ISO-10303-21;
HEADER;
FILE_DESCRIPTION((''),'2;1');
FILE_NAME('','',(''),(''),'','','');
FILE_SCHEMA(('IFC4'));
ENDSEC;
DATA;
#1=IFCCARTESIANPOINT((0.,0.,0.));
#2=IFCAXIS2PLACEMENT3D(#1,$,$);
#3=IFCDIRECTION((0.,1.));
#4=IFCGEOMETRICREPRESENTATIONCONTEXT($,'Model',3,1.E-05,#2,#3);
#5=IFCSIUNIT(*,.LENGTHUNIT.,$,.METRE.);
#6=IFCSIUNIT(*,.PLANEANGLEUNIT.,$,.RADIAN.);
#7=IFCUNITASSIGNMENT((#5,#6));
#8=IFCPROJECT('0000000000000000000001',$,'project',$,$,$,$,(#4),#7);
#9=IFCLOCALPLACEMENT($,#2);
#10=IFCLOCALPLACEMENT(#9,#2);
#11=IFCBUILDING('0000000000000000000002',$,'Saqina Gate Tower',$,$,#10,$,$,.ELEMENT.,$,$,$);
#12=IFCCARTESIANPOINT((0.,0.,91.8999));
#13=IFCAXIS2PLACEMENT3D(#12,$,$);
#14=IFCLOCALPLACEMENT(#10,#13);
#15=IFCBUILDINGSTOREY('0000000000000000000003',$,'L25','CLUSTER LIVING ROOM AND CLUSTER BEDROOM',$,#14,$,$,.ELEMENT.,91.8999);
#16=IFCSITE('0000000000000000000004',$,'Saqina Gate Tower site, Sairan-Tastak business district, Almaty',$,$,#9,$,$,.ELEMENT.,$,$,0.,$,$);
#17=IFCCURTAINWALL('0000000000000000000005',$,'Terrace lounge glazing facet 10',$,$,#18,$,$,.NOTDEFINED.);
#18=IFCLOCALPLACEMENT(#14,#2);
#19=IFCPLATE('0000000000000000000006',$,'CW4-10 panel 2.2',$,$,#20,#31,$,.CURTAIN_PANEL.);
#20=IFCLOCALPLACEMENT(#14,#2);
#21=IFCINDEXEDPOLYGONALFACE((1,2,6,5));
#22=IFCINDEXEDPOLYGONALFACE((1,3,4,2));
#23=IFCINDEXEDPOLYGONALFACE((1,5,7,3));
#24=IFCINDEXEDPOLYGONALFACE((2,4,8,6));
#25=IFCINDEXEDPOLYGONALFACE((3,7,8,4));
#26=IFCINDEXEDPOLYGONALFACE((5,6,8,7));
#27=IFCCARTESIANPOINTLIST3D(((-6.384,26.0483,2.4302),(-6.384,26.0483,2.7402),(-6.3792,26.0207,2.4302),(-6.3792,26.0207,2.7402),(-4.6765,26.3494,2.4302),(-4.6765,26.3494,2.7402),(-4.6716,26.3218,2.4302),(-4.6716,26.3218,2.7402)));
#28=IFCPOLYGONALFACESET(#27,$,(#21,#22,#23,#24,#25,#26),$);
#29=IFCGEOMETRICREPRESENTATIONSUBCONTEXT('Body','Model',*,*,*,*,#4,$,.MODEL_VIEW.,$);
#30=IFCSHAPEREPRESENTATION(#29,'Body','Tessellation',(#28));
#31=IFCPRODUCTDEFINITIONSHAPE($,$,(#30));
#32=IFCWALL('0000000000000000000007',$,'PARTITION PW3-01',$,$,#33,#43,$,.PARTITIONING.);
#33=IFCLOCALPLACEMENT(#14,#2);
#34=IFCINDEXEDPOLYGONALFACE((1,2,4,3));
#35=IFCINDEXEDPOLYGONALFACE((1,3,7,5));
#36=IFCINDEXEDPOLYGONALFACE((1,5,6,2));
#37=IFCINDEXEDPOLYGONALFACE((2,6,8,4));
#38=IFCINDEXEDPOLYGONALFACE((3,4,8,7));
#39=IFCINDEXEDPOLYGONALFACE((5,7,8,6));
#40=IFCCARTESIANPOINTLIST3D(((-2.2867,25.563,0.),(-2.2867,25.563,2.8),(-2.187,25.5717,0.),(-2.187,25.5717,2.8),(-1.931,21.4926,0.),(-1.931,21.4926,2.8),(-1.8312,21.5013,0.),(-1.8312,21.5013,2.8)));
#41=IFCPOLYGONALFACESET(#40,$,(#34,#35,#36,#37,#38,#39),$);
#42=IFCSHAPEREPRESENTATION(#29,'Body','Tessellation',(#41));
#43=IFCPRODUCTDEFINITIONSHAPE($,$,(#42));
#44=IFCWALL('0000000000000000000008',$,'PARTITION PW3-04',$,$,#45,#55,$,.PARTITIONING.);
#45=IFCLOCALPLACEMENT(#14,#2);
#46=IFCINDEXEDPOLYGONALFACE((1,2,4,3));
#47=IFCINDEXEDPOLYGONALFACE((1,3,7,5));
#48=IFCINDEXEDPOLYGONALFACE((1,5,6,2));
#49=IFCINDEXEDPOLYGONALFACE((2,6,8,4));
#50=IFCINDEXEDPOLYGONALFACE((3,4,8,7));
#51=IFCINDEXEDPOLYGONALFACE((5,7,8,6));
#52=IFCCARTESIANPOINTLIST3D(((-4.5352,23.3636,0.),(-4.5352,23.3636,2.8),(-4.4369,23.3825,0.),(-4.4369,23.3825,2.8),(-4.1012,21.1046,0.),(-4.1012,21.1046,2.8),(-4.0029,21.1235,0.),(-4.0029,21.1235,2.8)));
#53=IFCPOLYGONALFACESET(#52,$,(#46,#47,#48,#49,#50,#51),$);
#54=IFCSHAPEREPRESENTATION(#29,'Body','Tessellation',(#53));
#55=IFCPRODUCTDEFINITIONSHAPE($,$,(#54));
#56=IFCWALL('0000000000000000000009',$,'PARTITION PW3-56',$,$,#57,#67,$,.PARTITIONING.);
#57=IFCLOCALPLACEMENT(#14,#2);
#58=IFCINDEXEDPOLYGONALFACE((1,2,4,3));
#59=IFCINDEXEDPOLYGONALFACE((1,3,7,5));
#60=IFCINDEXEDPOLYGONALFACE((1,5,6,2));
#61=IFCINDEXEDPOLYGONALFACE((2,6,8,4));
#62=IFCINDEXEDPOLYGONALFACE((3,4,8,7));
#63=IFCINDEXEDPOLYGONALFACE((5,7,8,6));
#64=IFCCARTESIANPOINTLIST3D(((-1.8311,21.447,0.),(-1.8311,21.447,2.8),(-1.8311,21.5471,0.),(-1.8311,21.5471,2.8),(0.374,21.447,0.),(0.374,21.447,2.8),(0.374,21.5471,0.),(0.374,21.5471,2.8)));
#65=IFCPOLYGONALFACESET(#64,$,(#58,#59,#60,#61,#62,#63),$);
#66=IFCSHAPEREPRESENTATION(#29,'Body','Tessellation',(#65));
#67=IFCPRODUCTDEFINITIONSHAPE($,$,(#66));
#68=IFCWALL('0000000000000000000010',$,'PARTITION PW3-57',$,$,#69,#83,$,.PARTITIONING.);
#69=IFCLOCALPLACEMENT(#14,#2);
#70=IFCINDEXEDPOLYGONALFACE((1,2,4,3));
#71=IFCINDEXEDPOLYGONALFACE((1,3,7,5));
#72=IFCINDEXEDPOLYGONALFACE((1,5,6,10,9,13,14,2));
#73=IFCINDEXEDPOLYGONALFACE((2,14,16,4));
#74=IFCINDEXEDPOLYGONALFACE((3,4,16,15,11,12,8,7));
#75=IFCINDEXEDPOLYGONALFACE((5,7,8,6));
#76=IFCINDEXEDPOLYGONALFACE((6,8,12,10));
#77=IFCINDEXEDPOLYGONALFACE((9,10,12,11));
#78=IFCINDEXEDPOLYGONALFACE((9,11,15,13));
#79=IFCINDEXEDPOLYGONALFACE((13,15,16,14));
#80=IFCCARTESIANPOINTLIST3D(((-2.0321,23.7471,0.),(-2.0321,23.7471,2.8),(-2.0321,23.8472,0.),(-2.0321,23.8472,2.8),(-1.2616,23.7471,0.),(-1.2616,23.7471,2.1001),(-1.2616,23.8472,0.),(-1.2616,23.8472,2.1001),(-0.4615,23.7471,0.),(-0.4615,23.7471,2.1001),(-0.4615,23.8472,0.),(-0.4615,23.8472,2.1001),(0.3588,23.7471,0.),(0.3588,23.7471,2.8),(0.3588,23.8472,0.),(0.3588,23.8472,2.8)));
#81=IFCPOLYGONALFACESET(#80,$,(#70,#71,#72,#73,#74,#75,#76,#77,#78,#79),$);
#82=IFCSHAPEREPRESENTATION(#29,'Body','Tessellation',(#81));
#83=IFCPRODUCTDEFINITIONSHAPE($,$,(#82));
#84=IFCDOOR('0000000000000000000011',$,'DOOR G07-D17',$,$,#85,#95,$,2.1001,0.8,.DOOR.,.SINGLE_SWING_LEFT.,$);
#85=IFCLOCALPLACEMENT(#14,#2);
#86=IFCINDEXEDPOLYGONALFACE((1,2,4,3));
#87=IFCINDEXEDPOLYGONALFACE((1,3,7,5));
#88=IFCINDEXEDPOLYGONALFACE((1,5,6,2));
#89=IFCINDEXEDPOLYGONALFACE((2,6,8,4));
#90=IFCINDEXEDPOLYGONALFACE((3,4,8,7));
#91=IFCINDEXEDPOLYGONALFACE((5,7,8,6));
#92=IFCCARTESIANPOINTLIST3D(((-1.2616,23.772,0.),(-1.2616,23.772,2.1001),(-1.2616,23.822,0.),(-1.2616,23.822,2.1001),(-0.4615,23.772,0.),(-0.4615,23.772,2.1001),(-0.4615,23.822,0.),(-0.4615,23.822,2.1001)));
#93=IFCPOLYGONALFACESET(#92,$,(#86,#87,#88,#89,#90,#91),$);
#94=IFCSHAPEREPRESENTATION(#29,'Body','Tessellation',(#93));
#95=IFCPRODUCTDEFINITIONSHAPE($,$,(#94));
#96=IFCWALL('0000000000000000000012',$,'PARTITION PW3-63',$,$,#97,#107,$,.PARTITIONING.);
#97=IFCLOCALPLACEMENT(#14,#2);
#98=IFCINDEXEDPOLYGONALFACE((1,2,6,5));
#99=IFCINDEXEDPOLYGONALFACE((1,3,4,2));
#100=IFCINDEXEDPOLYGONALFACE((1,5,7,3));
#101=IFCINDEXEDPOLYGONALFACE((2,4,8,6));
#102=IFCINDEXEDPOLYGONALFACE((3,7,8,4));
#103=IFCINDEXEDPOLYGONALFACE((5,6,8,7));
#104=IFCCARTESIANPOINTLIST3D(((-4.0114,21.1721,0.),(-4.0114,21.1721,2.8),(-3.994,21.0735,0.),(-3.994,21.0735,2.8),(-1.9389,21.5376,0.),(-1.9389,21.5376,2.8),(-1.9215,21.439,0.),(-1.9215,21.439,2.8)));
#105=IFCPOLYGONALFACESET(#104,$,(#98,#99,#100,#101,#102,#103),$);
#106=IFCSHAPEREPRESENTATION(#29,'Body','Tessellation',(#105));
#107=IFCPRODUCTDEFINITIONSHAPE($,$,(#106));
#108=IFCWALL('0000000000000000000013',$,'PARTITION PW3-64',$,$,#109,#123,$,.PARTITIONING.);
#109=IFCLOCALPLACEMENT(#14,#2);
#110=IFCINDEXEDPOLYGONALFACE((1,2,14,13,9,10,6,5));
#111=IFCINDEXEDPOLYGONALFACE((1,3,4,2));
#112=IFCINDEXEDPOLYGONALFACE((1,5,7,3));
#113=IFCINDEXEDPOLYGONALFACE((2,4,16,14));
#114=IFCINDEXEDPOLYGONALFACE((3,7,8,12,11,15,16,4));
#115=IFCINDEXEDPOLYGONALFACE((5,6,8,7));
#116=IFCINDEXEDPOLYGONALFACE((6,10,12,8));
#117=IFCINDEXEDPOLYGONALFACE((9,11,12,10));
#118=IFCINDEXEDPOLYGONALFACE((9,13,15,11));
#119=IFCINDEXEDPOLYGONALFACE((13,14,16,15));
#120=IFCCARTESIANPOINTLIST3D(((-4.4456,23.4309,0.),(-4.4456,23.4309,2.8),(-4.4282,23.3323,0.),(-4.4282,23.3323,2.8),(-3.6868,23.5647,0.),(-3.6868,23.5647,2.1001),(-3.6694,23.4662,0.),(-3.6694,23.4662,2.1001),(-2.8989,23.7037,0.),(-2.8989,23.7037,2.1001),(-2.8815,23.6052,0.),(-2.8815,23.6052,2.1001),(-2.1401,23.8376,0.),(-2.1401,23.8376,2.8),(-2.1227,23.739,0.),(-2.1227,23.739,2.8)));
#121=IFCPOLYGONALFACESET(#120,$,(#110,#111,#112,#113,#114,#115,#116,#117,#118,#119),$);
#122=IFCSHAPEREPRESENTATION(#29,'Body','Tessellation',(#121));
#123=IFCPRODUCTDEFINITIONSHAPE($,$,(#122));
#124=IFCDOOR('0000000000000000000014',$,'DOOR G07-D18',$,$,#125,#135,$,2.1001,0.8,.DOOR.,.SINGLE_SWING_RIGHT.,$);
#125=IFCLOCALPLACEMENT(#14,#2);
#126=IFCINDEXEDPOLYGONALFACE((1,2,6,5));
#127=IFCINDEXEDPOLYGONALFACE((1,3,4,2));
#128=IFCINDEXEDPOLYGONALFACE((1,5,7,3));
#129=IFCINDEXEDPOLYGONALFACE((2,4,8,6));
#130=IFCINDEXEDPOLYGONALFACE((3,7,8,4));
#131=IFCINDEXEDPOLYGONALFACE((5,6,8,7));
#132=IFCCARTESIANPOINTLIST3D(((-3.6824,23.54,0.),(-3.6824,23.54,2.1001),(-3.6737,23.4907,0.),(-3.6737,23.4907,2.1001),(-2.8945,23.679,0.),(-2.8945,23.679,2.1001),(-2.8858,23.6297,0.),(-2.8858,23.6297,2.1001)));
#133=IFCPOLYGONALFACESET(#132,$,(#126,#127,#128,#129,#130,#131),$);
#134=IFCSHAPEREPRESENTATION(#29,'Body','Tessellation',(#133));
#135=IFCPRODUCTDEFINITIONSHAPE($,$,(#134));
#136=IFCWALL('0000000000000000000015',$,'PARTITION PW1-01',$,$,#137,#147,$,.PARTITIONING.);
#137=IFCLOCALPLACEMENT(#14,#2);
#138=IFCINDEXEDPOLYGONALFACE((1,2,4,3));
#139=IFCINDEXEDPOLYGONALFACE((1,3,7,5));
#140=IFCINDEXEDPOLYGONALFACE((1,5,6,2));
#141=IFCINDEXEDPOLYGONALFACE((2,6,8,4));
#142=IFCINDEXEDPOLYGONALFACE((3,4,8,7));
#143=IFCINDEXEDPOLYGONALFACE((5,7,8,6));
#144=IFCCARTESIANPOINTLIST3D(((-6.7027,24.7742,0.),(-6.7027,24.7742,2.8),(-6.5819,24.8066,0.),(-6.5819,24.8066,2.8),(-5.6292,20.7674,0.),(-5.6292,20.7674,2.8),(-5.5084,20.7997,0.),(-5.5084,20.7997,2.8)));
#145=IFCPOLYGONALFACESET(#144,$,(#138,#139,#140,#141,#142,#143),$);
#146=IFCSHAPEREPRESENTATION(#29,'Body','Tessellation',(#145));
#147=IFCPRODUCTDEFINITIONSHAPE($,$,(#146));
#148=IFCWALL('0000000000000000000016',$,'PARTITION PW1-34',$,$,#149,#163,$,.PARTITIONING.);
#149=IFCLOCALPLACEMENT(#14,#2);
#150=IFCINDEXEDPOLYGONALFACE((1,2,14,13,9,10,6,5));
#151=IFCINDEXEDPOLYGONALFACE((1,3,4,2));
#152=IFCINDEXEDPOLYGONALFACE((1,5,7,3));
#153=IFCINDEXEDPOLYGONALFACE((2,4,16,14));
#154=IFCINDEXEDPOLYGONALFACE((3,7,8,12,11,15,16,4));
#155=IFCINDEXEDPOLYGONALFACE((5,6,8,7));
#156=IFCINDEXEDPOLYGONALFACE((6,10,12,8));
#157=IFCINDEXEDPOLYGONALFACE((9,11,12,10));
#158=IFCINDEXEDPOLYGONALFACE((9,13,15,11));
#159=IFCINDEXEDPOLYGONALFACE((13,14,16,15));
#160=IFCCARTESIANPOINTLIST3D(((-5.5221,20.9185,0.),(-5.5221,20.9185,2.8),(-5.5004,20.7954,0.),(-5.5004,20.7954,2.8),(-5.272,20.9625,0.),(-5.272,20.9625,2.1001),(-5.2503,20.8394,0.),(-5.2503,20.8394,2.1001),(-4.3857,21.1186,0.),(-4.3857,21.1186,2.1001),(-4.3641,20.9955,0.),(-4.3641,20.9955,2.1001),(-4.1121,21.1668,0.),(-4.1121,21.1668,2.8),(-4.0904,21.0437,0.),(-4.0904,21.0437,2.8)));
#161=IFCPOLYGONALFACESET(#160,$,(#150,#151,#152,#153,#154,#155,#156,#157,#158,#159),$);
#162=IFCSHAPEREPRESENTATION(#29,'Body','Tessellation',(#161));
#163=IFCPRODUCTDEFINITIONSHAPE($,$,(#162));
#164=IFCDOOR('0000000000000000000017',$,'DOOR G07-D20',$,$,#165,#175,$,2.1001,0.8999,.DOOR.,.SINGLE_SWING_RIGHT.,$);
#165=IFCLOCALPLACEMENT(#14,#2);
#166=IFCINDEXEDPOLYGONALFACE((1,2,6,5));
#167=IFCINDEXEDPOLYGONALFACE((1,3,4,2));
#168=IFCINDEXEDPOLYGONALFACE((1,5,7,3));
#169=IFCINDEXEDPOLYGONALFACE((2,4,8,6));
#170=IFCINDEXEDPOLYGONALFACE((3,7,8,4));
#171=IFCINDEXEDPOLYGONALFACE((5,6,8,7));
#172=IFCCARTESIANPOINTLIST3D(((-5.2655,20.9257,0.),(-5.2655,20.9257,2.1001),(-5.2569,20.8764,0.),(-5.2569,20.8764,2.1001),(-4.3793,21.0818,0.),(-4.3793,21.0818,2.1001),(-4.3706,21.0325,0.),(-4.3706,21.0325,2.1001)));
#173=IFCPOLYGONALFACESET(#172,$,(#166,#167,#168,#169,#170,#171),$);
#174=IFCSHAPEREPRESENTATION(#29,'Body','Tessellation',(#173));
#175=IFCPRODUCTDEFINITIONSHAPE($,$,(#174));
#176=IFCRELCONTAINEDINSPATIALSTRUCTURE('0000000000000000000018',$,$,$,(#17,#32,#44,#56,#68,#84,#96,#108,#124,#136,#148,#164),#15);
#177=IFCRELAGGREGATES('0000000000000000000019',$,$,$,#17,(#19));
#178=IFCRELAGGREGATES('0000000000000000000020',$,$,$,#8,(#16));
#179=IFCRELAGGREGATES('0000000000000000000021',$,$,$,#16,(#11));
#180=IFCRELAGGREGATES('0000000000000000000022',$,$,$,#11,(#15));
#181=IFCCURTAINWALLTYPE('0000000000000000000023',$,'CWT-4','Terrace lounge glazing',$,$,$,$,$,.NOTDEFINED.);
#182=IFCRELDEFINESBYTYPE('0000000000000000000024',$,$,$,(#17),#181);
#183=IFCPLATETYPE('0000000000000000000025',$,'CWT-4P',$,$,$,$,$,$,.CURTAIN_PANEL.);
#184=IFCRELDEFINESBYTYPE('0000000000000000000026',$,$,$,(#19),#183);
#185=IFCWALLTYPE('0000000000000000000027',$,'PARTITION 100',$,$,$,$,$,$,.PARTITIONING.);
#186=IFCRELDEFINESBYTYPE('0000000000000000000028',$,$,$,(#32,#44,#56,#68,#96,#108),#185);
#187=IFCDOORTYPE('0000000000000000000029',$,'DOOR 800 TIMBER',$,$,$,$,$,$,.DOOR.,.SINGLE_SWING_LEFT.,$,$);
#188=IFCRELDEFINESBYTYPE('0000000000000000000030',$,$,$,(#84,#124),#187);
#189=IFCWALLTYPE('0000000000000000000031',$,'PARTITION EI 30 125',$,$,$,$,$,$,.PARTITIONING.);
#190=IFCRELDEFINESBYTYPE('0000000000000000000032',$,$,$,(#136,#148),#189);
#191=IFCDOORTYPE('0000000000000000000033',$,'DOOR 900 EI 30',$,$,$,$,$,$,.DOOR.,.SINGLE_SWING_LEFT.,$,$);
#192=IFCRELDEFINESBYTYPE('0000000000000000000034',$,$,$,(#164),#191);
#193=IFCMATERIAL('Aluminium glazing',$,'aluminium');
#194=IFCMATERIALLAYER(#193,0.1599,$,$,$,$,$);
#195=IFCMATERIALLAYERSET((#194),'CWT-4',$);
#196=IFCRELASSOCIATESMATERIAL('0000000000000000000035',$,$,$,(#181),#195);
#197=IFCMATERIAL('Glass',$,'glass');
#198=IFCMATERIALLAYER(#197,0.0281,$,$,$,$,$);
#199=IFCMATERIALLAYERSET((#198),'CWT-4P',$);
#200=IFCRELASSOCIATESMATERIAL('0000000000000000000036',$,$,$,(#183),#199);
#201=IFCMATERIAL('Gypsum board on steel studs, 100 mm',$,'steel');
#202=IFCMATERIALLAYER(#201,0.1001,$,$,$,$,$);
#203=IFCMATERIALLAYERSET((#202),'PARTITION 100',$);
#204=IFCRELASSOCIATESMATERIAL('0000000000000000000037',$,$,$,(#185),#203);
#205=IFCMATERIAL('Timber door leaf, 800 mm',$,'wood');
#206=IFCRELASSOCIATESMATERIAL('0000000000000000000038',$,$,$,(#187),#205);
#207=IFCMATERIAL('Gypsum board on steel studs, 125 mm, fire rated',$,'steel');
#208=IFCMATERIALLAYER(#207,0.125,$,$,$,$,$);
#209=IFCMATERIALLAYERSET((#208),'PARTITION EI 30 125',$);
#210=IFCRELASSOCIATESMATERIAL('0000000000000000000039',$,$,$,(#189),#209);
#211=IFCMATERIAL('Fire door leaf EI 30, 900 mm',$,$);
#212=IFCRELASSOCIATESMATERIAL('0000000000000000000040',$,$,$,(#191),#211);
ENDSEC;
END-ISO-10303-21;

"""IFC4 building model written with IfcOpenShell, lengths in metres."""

from ifc_helpers import new_model, si_unit, direction, frame, frame_2d, origin, origin_2d, place, context, subcontext, project, spatial, rectangle, extrude, material, layer, layer_set, type_object, element, fill, aggregate, save


model = new_model("IFC4")

# Units and contexts
model_context = context("Model", 3, precision=1e-05, world=origin(), true_north=direction((0.0, 1.0)))
body_context = subcontext(model_context, "Body", "Model", "MODEL_VIEW")
ifc_project = project(units=[si_unit("LENGTHUNIT", "METRE"), si_unit("PLANEANGLEUNIT", "RADIAN")], contexts=[model_context])

# Site, building, storey
site_placement = place(None, origin())
site = spatial("IfcSite", under=ifc_project, at=site_placement, Name="Saqina Gate Tower site, Sairan-Tastak business district, Almaty", CompositionType="ELEMENT", RefElevation=0.0)
building_placement = place(site_placement, origin())
building = spatial("IfcBuilding", under=site, at=building_placement, Name="Saqina Gate Tower", CompositionType="ELEMENT")
storey_placement = place(building_placement, frame((0.0, 0.0, 91.8999)))
storey = spatial("IfcBuildingStorey", under=building, at=storey_placement, Name="L25", Description="CLUSTER LIVING ROOM AND CLUSTER BEDROOM", CompositionType="ELEMENT", Elevation=91.8999)

# Curtain wall, plate
ifc_material_1 = material(Name="Aluminium glazing", Category="aluminium")
ifc_layer_1 = layer(ifc_material_1, 0.1599)
ifc_layer_set_1 = layer_set([ifc_layer_1], Name="CWT-4")
curtain_wall_type = type_object("IfcCurtainWallType", Name="CWT-4", Description="Terrace lounge glazing", PredefinedType="NOTDEFINED", material=ifc_layer_set_1)
curtain_wall_placement = place(storey_placement, origin())
curtain_wall = element("IfcCurtainWall", 1, at=curtain_wall_placement, inside=storey, type_object=curtain_wall_type, Name="Terrace lounge glazing facet 10", PredefinedType="NOTDEFINED")
ifc_material_2 = material(Name="Glass", Category="glass")
ifc_layer_2 = layer(ifc_material_2, 0.0281)
ifc_layer_set_2 = layer_set([ifc_layer_2], Name="CWT-4P")
plate_type = type_object("IfcPlateType", Name="CWT-4P", PredefinedType="CURTAIN_PANEL", material=ifc_layer_set_2)
plate_1_placement = place(storey_placement, frame((-5.5278, 26.1851, 2.4302), z_axis=(0.0, 0.0, 1.0), x_axis=(-0.984809, -0.173638, 0.0)))
plate_1 = element("IfcPlate", 2, at=plate_1_placement, type_object=plate_type, Name="CW4-10 panel 2.2", PredefinedType="CURTAIN_PANEL", context=body_context, shape_type="SweptSolid", body=[
    extrude(rectangle(XDim=1.7339, YDim=0.0281, at=origin_2d()), origin(), (0.0, 0.0, 1.0), 0.3101),
])
aggregate(curtain_wall, [plate_1])

# Walls
ifc_material_3 = material(Name="Gypsum board on steel studs, 100 mm", Category="steel")
ifc_layer_3 = layer(ifc_material_3, 0.1001)
ifc_layer_set_3 = layer_set([ifc_layer_3], Name="PARTITION 100")
wall_type_1 = type_object("IfcWallType", Name="PARTITION 100", PredefinedType="PARTITIONING", material=ifc_layer_set_3)
wall_1_placement = place(storey_placement, frame((-2.2368, 25.5674, 0.0), z_axis=(0.0, 0.0, 1.0), x_axis=(0.08706, -0.996203, 0.0)))
element("IfcWall", 3, at=wall_1_placement, inside=storey, type_object=wall_type_1, Name="PARTITION PW3-01", PredefinedType="PARTITIONING", context=body_context, shape_type="SweptSolid", body=[
    extrude(rectangle(XDim=4.0859, YDim=0.1001, at=frame_2d((2.043, 0.0))), origin(), (0.0, 0.0, 1.0), 2.8),
])
wall_2_placement = place(storey_placement, frame((-4.4861, 23.373, 0.0), z_axis=(0.0, 0.0, 1.0), x_axis=(0.188702, -0.982034, 0.0)))
element("IfcWall", 4, at=wall_2_placement, inside=storey, type_object=wall_type_1, Name="PARTITION PW3-04", PredefinedType="PARTITIONING", context=body_context, shape_type="SweptSolid", body=[
    extrude(rectangle(XDim=2.3003, YDim=0.1001, at=frame_2d((1.1501, 0.0))), origin(), (0.0, 0.0, 1.0), 2.8),
])
wall_3_placement = place(storey_placement, frame((-1.8311, 21.4971, 0.0), z_axis=(0.0, 0.0, 1.0), x_axis=(1.0, 0.0, 0.0)))
element("IfcWall", 5, at=wall_3_placement, inside=storey, type_object=wall_type_1, Name="PARTITION PW3-56", PredefinedType="PARTITIONING", context=body_context, shape_type="SweptSolid", body=[
    extrude(rectangle(XDim=2.2051, YDim=0.1001, at=frame_2d((1.1025, 0.0))), origin(), (0.0, 0.0, 1.0), 2.8),
])

# Wall, opening, door
wall_4_placement = place(storey_placement, frame((-2.032, 23.7971, 0.0), z_axis=(0.0, 0.0, 1.0), x_axis=(1.0, 0.0, 0.0)))
wall_4 = element("IfcWall", 6, at=wall_4_placement, inside=storey, type_object=wall_type_1, Name="PARTITION PW3-57", PredefinedType="PARTITIONING", context=body_context, shape_type="SweptSolid", body=[
    extrude(rectangle(XDim=2.3909, YDim=0.1001, at=frame_2d((1.1953, 0.0))), origin(), (0.0, 0.0, 1.0), 2.8),
])
opening_1_placement = place(wall_4_placement, frame((0.7705, 0.0, 0.0)))
opening_1 = element("IfcOpeningElement", 7, at=opening_1_placement, cuts=wall_4, PredefinedType="OPENING", context=body_context, shape_type="SweptSolid", body=[
    extrude(rectangle(XDim=0.8, YDim=2.1001, at=frame_2d((0.3999, 1.05))), frame((0.0, 0.062, 0.0), z_axis=(0.0, -1.0, 0.0), x_axis=(1.0, 0.0, 0.0)), (0.0, 0.0, 1.0), 0.124),
])
ifc_material_4 = material(Name="Timber door leaf, 800 mm", Category="wood")
door_type_1 = type_object("IfcDoorType", Name="DOOR 800 TIMBER", OperationType="SINGLE_SWING_LEFT", PredefinedType="DOOR", material=ifc_material_4)
door_1_placement = place(opening_1_placement, origin())
door_1 = element("IfcDoor", 8, at=door_1_placement, inside=storey, type_object=door_type_1, Name="DOOR G07-D17", OperationType="SINGLE_SWING_LEFT", OverallHeight=2.1001, OverallWidth=0.8, PredefinedType="DOOR", context=body_context, shape_type="SweptSolid", body=[
    extrude(rectangle(XDim=0.8, YDim=2.1001, at=frame_2d((0.3999, 1.05))), frame((0.0, 0.0249, 0.0), z_axis=(0.0, -1.0, 0.0), x_axis=(1.0, 0.0, 0.0)), (0.0, 0.0, 1.0), 0.05),
])
fill(opening_1, door_1)

# Wall
wall_5_placement = place(storey_placement, frame((-4.0027, 21.1228, 0.0), z_axis=(0.0, 0.0, 1.0), x_axis=(0.984805, 0.173666, 0.0)))
element("IfcWall", 9, at=wall_5_placement, inside=storey, type_object=wall_type_1, Name="PARTITION PW3-63", PredefinedType="PARTITIONING", context=body_context, shape_type="SweptSolid", body=[
    extrude(rectangle(XDim=2.1045, YDim=0.1001, at=frame_2d((1.0522, 0.0))), origin(), (0.0, 0.0, 1.0), 2.8),
])

# Wall, opening, door
wall_6_placement = place(storey_placement, frame((-4.4368, 23.3816, 0.0), z_axis=(0.0, 0.0, 1.0), x_axis=(0.984791, 0.173744, 0.0)))
wall_6 = element("IfcWall", 10, at=wall_6_placement, inside=storey, type_object=wall_type_1, Name="PARTITION PW3-64", PredefinedType="PARTITIONING", context=body_context, shape_type="SweptSolid", body=[
    extrude(rectangle(XDim=2.3411, YDim=0.1001, at=frame_2d((1.1704, 0.0))), origin(), (0.0, 0.0, 1.0), 2.8),
])
opening_2_placement = place(wall_6_placement, frame((0.7705, 0.0, 0.0)))
opening_2 = element("IfcOpeningElement", 11, at=opening_2_placement, cuts=wall_6, PredefinedType="OPENING", context=body_context, shape_type="SweptSolid", body=[
    extrude(rectangle(XDim=0.8, YDim=2.1001, at=frame_2d((0.3999, 1.05))), frame((0.0, 0.062, 0.0), z_axis=(0.0, -1.0, 0.0), x_axis=(1.0, 0.0, 0.0)), (0.0, 0.0, 1.0), 0.124),
])
door_2_placement = place(opening_2_placement, origin())
door_2 = element("IfcDoor", 12, at=door_2_placement, inside=storey, type_object=door_type_1, Name="DOOR G07-D18", OperationType="SINGLE_SWING_RIGHT", OverallHeight=2.1001, OverallWidth=0.8, PredefinedType="DOOR", context=body_context, shape_type="SweptSolid", body=[
    extrude(rectangle(XDim=0.8, YDim=2.1001, at=frame_2d((0.3999, 1.05))), frame((0.0, 0.0249, 0.0), z_axis=(0.0, -1.0, 0.0), x_axis=(1.0, 0.0, 0.0)), (0.0, 0.0, 1.0), 0.05),
])
fill(opening_2, door_2)

# Wall
ifc_material_5 = material(Name="Gypsum board on steel studs, 125 mm, fire rated", Category="steel")
ifc_layer_4 = layer(ifc_material_5, 0.125)
ifc_layer_set_4 = layer_set([ifc_layer_4], Name="PARTITION EI 30 125")
wall_type_2 = type_object("IfcWallType", Name="PARTITION EI 30 125", PredefinedType="PARTITIONING", material=ifc_layer_set_4)
wall_7_placement = place(storey_placement, frame((-6.6423, 24.7905, 0.0), z_axis=(0.0, 0.0, 1.0), x_axis=(0.258787, -0.965934, 0.0)))
element("IfcWall", 13, at=wall_7_placement, inside=storey, type_object=wall_type_2, Name="PARTITION PW1-01", PredefinedType="PARTITIONING", context=body_context, shape_type="SweptSolid", body=[
    extrude(rectangle(XDim=4.1482, YDim=0.125, at=frame_2d((2.0742, 0.0))), origin(), (0.0, 0.0, 1.0), 2.8),
])

# Wall, opening, door
wall_8_placement = place(storey_placement, frame((-5.5112, 20.8569, 0.0), z_axis=(0.0, 0.0, 1.0), x_axis=(0.984845, 0.173435, 0.0)))
wall_8 = element("IfcWall", 14, at=wall_8_placement, inside=storey, type_object=wall_type_2, Name="PARTITION PW1-34", PredefinedType="PARTITIONING", context=body_context, shape_type="SweptSolid", body=[
    extrude(rectangle(XDim=1.4316, YDim=0.125, at=frame_2d((0.7158, 0.0))), origin(), (0.0, 0.0, 1.0), 2.8),
])
opening_3_placement = place(wall_8_placement, frame((0.2539, 0.0, 0.0)))
opening_3 = element("IfcOpeningElement", 15, at=opening_3_placement, cuts=wall_8, PredefinedType="OPENING", context=body_context, shape_type="SweptSolid", body=[
    extrude(rectangle(XDim=0.8999, YDim=2.1001, at=frame_2d((0.45, 1.05))), frame((0.0, 0.0745, 0.0), z_axis=(0.0, -1.0, 0.0), x_axis=(1.0, 0.0, 0.0)), (0.0, 0.0, 1.0), 0.1489),
])
ifc_material_6 = material(Name="Fire door leaf EI 30, 900 mm")
door_type_2 = type_object("IfcDoorType", Name="DOOR 900 EI 30", OperationType="SINGLE_SWING_LEFT", PredefinedType="DOOR", material=ifc_material_6)
door_3_placement = place(opening_3_placement, frame((0.8999, 0.0, 0.0), z_axis=(0.0, 0.0, 1.0), x_axis=(-1.0, 0.0, 0.0)))
door_3 = element("IfcDoor", 16, at=door_3_placement, inside=storey, type_object=door_type_2, Name="DOOR G07-D20", OperationType="SINGLE_SWING_RIGHT", OverallHeight=2.1001, OverallWidth=0.8999, PredefinedType="DOOR", context=body_context, shape_type="SweptSolid", body=[
    extrude(rectangle(XDim=0.8999, YDim=2.1001, at=frame_2d((0.45, 1.05))), frame((0.0, 0.0249, 0.0), z_axis=(0.0, -1.0, 0.0), x_axis=(1.0, 0.0, 0.0)), (0.0, 0.0, 1.0), 0.05),
])
fill(opening_3, door_3)

save(model, "model.ifc")
